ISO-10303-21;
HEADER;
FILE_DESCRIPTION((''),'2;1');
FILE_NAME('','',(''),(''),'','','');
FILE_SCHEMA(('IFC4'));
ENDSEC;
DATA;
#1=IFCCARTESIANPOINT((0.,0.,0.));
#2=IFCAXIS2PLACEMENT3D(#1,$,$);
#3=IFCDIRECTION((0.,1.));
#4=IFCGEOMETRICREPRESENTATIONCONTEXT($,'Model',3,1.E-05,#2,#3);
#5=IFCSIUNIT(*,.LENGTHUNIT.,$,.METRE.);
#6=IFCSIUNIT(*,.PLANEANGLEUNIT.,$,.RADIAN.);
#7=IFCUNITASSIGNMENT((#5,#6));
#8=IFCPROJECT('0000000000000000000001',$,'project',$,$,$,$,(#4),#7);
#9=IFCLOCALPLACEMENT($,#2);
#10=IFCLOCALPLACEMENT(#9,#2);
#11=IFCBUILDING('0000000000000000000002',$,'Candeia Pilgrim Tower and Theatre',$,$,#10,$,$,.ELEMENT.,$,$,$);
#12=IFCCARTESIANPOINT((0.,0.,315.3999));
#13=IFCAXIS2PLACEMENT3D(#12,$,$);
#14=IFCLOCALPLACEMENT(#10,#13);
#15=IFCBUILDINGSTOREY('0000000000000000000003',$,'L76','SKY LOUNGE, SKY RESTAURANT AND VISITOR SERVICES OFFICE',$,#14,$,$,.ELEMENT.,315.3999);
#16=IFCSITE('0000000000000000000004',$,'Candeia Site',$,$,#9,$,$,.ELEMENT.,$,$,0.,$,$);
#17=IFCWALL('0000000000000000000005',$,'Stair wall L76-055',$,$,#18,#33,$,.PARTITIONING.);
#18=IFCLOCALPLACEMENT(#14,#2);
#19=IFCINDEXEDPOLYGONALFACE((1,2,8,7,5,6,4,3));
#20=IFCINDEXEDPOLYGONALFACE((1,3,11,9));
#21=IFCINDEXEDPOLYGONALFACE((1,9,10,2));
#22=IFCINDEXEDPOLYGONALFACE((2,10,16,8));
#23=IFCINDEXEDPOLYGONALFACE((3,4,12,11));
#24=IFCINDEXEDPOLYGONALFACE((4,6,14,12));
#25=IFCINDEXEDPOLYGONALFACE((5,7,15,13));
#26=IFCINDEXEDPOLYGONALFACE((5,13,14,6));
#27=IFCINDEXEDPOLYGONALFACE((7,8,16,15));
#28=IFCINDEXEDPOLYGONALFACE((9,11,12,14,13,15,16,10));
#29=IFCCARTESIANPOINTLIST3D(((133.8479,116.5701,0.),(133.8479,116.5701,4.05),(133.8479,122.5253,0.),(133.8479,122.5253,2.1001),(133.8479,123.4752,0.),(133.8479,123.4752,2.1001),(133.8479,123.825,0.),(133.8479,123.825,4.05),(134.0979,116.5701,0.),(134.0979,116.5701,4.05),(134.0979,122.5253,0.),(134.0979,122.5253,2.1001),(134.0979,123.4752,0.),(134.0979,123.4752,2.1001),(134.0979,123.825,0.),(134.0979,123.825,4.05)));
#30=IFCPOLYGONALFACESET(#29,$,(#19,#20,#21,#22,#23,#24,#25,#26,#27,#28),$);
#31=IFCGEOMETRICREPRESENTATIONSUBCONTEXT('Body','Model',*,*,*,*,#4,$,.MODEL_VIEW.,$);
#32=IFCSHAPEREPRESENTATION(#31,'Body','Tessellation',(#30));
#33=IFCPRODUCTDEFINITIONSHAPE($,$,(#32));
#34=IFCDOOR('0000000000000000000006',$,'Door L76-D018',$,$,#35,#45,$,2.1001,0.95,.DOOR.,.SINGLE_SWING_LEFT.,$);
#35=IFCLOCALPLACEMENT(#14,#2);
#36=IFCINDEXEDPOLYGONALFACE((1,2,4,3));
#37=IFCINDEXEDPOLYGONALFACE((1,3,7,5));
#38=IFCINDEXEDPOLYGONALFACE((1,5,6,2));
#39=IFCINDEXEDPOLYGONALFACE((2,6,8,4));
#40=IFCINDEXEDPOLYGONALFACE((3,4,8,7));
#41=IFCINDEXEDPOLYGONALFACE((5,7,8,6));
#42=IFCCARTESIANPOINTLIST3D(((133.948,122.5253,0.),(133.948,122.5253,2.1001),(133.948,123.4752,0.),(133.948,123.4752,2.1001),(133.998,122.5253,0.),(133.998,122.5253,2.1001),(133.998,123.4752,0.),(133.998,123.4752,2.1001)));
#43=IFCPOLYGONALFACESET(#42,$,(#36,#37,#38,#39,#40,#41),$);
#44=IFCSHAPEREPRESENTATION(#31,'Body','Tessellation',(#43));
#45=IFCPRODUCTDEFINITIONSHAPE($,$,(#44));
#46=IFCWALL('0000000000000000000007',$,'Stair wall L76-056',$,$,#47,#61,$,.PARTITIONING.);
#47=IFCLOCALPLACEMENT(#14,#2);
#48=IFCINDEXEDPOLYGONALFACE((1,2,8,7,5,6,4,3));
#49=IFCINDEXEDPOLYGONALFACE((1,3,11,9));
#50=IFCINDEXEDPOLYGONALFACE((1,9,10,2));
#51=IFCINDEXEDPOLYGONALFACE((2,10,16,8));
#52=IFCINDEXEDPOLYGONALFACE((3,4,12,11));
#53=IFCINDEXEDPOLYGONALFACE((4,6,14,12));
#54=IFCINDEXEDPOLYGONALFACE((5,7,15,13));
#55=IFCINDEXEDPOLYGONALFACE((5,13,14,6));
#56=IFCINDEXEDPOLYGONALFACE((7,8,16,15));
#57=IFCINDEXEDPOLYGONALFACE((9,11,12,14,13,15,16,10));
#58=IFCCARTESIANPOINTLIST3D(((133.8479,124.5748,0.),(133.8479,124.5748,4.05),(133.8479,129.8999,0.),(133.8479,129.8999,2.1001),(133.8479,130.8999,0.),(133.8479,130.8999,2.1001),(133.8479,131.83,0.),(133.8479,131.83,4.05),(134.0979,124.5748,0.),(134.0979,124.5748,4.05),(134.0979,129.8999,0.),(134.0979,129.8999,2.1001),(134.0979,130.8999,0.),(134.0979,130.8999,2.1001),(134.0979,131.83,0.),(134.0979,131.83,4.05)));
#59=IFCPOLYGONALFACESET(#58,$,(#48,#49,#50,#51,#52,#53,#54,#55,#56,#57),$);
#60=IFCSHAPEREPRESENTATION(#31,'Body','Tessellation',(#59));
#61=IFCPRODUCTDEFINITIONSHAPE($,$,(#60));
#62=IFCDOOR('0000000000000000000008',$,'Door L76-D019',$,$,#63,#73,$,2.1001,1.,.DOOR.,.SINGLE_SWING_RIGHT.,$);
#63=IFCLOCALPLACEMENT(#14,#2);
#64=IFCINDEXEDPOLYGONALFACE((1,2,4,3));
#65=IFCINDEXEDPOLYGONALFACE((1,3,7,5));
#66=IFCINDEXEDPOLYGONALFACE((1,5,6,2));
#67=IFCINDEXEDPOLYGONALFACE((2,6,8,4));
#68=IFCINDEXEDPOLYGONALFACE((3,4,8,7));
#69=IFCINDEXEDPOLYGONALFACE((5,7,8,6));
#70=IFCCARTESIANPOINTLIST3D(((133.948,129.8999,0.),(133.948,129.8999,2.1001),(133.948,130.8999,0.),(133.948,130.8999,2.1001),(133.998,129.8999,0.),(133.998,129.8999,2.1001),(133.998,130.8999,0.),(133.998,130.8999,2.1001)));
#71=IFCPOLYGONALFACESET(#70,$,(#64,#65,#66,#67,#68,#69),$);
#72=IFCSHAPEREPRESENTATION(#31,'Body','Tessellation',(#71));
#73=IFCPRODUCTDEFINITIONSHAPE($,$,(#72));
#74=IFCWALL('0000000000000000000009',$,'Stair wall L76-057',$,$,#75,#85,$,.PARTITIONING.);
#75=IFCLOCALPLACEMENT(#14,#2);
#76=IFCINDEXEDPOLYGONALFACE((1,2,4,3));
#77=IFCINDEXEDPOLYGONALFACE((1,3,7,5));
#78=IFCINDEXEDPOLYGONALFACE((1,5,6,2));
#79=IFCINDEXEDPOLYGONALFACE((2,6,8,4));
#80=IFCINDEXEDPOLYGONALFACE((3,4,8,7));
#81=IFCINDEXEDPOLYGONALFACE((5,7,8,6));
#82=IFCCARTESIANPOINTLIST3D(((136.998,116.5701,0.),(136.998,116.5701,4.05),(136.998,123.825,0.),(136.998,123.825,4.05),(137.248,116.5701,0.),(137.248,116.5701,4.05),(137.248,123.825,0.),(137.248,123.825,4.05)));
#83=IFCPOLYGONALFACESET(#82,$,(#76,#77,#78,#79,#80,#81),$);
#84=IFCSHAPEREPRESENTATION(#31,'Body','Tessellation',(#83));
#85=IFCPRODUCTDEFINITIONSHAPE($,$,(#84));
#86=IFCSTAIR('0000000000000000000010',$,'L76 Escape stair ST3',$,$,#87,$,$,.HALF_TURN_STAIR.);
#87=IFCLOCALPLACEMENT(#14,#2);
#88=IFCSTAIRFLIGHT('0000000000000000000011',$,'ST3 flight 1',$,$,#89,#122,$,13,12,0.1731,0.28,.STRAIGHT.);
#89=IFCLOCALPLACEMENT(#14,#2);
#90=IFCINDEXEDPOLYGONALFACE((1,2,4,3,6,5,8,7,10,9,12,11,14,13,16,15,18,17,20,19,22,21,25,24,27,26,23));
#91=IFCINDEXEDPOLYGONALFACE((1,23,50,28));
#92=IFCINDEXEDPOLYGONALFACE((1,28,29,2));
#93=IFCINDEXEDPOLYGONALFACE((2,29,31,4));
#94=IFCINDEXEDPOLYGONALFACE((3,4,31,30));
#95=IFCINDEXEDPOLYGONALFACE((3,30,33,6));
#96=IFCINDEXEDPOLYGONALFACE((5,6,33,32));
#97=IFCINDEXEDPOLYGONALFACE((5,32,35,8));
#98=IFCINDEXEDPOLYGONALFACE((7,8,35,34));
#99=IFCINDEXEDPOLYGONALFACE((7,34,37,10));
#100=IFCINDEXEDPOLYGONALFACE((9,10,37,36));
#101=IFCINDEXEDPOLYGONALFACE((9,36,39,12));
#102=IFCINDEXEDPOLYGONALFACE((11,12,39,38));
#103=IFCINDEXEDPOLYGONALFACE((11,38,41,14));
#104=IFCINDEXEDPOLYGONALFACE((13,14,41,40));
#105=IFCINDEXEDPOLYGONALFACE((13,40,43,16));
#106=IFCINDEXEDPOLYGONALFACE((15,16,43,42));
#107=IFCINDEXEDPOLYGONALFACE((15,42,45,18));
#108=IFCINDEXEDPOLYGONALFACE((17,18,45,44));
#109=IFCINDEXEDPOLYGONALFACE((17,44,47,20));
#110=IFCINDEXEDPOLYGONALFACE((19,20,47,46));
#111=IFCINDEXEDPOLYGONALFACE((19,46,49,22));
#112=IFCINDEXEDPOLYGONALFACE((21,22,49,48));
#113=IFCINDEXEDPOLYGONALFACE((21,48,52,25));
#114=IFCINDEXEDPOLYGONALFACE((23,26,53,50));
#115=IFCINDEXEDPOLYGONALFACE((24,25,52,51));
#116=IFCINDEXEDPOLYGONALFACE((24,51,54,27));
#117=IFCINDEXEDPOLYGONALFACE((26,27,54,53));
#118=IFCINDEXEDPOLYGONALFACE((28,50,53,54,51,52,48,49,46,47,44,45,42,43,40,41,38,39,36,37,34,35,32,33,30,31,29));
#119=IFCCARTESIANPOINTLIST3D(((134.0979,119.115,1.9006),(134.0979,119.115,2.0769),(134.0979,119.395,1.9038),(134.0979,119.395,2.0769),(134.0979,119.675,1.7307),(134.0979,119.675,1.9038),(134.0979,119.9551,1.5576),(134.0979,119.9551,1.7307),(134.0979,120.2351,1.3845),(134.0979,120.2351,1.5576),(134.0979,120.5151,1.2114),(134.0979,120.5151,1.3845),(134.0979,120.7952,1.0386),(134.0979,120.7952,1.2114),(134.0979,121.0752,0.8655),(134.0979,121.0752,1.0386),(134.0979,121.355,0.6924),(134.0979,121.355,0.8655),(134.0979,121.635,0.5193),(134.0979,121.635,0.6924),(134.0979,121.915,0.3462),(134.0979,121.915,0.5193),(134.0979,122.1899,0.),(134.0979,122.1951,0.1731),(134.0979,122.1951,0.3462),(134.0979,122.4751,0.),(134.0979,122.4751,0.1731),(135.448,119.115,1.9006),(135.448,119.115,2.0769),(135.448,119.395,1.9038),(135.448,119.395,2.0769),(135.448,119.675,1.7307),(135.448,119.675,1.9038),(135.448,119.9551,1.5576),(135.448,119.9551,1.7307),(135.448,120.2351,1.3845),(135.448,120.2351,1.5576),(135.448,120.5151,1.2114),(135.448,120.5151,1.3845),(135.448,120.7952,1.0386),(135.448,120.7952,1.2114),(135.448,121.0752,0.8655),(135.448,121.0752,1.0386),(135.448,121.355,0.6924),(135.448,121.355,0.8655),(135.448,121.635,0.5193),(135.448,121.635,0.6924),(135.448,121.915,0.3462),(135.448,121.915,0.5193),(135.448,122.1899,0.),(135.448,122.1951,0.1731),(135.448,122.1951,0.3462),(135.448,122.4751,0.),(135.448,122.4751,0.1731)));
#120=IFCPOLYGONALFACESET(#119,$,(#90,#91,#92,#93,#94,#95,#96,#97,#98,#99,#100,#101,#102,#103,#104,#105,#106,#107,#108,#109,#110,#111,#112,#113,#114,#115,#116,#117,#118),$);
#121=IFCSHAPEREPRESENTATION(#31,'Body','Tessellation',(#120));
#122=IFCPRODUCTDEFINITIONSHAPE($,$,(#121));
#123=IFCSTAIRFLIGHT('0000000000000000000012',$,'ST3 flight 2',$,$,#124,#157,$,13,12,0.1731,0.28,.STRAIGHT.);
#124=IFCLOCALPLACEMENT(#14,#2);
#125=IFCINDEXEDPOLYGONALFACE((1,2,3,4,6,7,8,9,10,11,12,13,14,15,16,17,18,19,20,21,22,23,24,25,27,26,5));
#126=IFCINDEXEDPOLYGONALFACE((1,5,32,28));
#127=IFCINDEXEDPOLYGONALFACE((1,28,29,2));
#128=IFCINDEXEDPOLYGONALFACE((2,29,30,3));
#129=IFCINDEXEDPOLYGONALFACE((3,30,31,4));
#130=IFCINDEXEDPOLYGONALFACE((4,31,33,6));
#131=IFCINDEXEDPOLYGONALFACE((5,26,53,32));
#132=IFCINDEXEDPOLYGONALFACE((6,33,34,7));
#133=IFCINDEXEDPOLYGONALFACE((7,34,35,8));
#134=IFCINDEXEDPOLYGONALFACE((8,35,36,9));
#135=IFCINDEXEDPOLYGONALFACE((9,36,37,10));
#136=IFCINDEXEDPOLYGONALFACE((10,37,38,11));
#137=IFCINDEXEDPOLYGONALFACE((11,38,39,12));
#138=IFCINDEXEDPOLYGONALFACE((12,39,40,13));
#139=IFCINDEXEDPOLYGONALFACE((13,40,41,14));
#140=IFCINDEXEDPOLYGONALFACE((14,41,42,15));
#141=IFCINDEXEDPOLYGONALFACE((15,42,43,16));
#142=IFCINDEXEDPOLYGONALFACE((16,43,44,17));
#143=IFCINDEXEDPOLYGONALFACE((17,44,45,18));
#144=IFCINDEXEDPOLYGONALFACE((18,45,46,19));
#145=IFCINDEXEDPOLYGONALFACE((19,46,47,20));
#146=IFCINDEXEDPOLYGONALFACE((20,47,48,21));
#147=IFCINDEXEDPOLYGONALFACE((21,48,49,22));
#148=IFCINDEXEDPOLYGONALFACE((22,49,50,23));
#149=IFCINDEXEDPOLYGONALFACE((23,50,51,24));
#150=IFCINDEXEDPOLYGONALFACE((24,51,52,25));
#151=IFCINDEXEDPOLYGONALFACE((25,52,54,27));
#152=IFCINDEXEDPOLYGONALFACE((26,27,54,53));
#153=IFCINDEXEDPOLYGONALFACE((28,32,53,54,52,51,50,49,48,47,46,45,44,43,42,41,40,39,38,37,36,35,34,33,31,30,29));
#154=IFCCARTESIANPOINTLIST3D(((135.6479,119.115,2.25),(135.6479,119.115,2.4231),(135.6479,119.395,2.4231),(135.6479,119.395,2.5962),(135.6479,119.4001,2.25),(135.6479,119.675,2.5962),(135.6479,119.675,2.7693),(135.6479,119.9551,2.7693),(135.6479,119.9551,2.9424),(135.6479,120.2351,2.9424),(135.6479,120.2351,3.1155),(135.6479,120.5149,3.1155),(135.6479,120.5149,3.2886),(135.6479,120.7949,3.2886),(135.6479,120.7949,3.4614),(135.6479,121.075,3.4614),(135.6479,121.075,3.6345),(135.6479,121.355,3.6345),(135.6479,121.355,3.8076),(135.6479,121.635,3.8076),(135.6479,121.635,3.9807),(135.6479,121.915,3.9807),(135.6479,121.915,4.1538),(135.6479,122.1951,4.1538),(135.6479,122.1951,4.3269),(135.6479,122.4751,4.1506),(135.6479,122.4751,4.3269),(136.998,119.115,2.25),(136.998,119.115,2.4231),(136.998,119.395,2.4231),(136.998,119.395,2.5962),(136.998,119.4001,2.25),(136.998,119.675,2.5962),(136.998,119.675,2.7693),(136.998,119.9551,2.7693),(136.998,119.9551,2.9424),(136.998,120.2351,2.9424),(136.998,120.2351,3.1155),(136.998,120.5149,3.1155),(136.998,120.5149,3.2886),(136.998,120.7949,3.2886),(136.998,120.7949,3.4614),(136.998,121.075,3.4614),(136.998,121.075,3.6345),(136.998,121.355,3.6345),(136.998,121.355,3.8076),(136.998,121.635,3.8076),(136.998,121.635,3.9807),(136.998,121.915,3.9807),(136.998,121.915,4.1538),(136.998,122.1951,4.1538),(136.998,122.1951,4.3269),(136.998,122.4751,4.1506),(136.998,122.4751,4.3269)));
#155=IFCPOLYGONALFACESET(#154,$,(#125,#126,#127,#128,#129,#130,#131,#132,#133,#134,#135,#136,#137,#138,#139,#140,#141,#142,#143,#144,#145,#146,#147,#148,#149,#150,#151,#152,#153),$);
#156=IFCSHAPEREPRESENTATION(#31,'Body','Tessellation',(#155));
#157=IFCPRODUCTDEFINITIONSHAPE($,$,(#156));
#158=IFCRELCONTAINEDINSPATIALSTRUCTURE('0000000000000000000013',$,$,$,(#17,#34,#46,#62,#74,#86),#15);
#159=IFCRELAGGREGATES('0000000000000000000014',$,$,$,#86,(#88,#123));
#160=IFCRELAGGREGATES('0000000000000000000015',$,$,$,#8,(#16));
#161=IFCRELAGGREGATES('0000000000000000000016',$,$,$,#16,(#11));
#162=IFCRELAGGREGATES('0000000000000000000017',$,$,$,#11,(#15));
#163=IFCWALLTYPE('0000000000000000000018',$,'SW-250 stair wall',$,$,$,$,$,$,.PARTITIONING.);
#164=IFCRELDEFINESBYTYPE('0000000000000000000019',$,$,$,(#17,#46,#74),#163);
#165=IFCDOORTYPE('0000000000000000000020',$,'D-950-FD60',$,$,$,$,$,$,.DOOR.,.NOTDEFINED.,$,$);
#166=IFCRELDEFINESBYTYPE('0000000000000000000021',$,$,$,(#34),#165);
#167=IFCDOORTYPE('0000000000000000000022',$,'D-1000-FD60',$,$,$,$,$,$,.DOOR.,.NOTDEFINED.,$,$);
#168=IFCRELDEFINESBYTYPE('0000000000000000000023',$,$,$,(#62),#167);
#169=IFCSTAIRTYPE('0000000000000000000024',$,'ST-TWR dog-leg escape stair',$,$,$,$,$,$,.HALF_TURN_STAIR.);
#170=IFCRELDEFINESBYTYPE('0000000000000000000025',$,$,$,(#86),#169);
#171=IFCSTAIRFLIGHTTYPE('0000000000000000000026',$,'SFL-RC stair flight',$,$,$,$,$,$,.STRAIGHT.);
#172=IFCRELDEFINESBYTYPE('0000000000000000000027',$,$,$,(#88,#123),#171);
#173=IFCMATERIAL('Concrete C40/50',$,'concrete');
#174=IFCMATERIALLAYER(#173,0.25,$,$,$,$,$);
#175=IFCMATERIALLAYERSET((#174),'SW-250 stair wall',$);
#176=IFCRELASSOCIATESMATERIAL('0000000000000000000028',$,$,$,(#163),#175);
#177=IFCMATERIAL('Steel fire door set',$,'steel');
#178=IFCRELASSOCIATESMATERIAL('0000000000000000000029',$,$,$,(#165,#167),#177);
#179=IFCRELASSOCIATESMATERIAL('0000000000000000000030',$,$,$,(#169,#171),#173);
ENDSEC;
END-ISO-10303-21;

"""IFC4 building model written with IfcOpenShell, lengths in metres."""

from ifc_helpers import new_model, si_unit, direction, frame, frame_2d, origin, place, context, subcontext, project, spatial, polyline, rectangle, outline, extrude, material, layer, layer_set, type_object, element, fill, aggregate, save


model = new_model("IFC4")

# Units and contexts
model_context = context("Model", 3, precision=1e-05, world=origin(), true_north=direction((0.0, 1.0)))
body_context = subcontext(model_context, "Body", "Model", "MODEL_VIEW")
ifc_project = project(units=[si_unit("LENGTHUNIT", "METRE"), si_unit("PLANEANGLEUNIT", "RADIAN")], contexts=[model_context])

# Site, building, storey
site_placement = place(None, origin())
site = spatial("IfcSite", under=ifc_project, at=site_placement, Name="Candeia Site", CompositionType="ELEMENT", RefElevation=0.0)
building_placement = place(site_placement, origin())
building = spatial("IfcBuilding", under=site, at=building_placement, Name="Candeia Pilgrim Tower and Theatre", CompositionType="ELEMENT")
storey_placement = place(building_placement, frame((0.0, 0.0, 315.3999)))
storey = spatial("IfcBuildingStorey", under=building, at=storey_placement, Name="L76", Description="SKY LOUNGE, SKY RESTAURANT AND VISITOR SERVICES OFFICE", CompositionType="ELEMENT", Elevation=315.3999)

# Shared definitions
ifc_material_1 = material(Name="Concrete C40/50", Category="concrete")

# Shared definitions
ifc_material_2 = material(Name="Steel fire door set", Category="steel")

# Shared definitions
ifc_layer_1 = layer(ifc_material_1, 0.25)
ifc_layer_set_1 = layer_set([ifc_layer_1], Name="SW-250 stair wall")
wall_type_1 = type_object("IfcWallType", Name="SW-250 stair wall", PredefinedType="PARTITIONING", material=ifc_layer_set_1)

# Walls, openings, doors
wall_1_placement = place(storey_placement, frame((133.9729, 116.5701, 0.0), z_axis=(0.0, 0.0, 1.0), x_axis=(0.0, 1.0, 0.0)))
wall_1 = element("IfcWall", 1, at=wall_1_placement, inside=storey, type_object=wall_type_1, Name="Stair wall L76-055", PredefinedType="PARTITIONING", context=body_context, shape_type="SweptSolid", body=[
    extrude(rectangle(XDim=7.2549, YDim=0.25, at=frame_2d((3.6274, 0.0))), origin(), (0.0, 0.0, 1.0), 4.05),
])
opening_1_placement = place(wall_1_placement, frame((5.9551, 0.0, 0.0)))
opening_1 = element("IfcOpeningElement", 2, at=opening_1_placement, cuts=wall_1, PredefinedType="OPENING", context=body_context, shape_type="SweptSolid", body=[
    extrude(rectangle(XDim=0.95, YDim=2.1001, at=frame_2d((0.4751, 1.05))), frame((0.0, 0.135, 0.0), z_axis=(0.0, -1.0, 0.0), x_axis=(1.0, 0.0, 0.0)), (0.0, 0.0, 1.0), 0.27),
])
door_type_1 = type_object("IfcDoorType", Name="D-950-FD60", OperationType="NOTDEFINED", PredefinedType="DOOR", material=ifc_material_2)
door_1_placement = place(opening_1_placement, origin())
door_1 = element("IfcDoor", 3, at=door_1_placement, inside=storey, type_object=door_type_1, Name="Door L76-D018", OperationType="SINGLE_SWING_LEFT", OverallHeight=2.1001, OverallWidth=0.95, PredefinedType="DOOR", context=body_context, shape_type="SweptSolid", body=[
    extrude(rectangle(XDim=0.95, YDim=2.1001, at=frame_2d((0.4751, 1.05))), frame((0.0, 0.0249, 0.0), z_axis=(0.0, -1.0, 0.0), x_axis=(1.0, 0.0, 0.0)), (0.0, 0.0, 1.0), 0.05),
])
fill(opening_1, door_1)
wall_2_placement = place(storey_placement, frame((133.9729, 124.575, 0.0), z_axis=(0.0, 0.0, 1.0), x_axis=(0.0, 1.0, 0.0)))
wall_2 = element("IfcWall", 4, at=wall_2_placement, inside=storey, type_object=wall_type_1, Name="Stair wall L76-056", PredefinedType="PARTITIONING", context=body_context, shape_type="SweptSolid", body=[
    extrude(rectangle(XDim=7.2551, YDim=0.25, at=frame_2d((3.6274, 0.0))), origin(), (0.0, 0.0, 1.0), 4.05),
])
opening_2_placement = place(wall_2_placement, frame((5.325, 0.0, 0.0)))
opening_2 = element("IfcOpeningElement", 5, at=opening_2_placement, cuts=wall_2, PredefinedType="OPENING", context=body_context, shape_type="SweptSolid", body=[
    extrude(rectangle(XDim=1.0, YDim=2.1001, at=frame_2d((0.5, 1.05))), frame((0.0, 0.135, 0.0), z_axis=(0.0, -1.0, 0.0), x_axis=(1.0, 0.0, 0.0)), (0.0, 0.0, 1.0), 0.27),
])
door_type_2 = type_object("IfcDoorType", Name="D-1000-FD60", OperationType="NOTDEFINED", PredefinedType="DOOR", material=ifc_material_2)
door_2_placement = place(opening_2_placement, origin())
door_2 = element("IfcDoor", 6, at=door_2_placement, inside=storey, type_object=door_type_2, Name="Door L76-D019", OperationType="SINGLE_SWING_RIGHT", OverallHeight=2.1001, OverallWidth=1.0, PredefinedType="DOOR", context=body_context, shape_type="SweptSolid", body=[
    extrude(rectangle(XDim=1.0, YDim=2.1001, at=frame_2d((0.5, 1.05))), frame((0.0, 0.0249, 0.0), z_axis=(0.0, -1.0, 0.0), x_axis=(1.0, 0.0, 0.0)), (0.0, 0.0, 1.0), 0.05),
])
fill(opening_2, door_2)

# Wall
wall_3_placement = place(storey_placement, frame((137.123, 116.5701, 0.0), z_axis=(0.0, 0.0, 1.0), x_axis=(0.0, 1.0, 0.0)))
element("IfcWall", 7, at=wall_3_placement, inside=storey, type_object=wall_type_1, Name="Stair wall L76-057", PredefinedType="PARTITIONING", context=body_context, shape_type="SweptSolid", body=[
    extrude(rectangle(XDim=7.2549, YDim=0.25, at=frame_2d((3.6274, 0.0))), origin(), (0.0, 0.0, 1.0), 4.05),
])

# Stair, stair flights
stair_type = type_object("IfcStairType", Name="ST-TWR dog-leg escape stair", PredefinedType="HALF_TURN_STAIR", material=ifc_material_1)
stair_1_placement = place(storey_placement, origin())
stair_1 = element("IfcStair", 8, at=stair_1_placement, inside=storey, type_object=stair_type, Name="L76 Escape stair ST3", PredefinedType="HALF_TURN_STAIR")
stair_flight_type = type_object("IfcStairFlightType", Name="SFL-RC stair flight", PredefinedType="STRAIGHT", material=ifc_material_1)
stair_flight_1_placement = place(storey_placement, frame((134.7729, 122.4751, 0.0), z_axis=(0.0, 0.0, 1.0), x_axis=(0.0, -1.0, 0.0)))
stair_flight_1 = element("IfcStairFlight", 9, at=stair_flight_1_placement, type_object=stair_flight_type, Name="ST3 flight 1", NumberOfRisers=13, NumberOfTreads=12, PredefinedType="STRAIGHT", RiserHeight=0.1731, TreadLength=0.28, context=body_context, shape_type="SweptSolid", body=[
    extrude(outline(polyline([(0.0, 0.0), (0.0, 0.1731), (0.28, 0.1731), (0.28, 0.3462), (0.5601, 0.3462), (0.5601, 0.5193), (0.8401, 0.5193), (0.8401, 0.6924), (1.1201, 0.6924), (1.1201, 0.8655), (1.3999, 0.8655), (1.3999, 1.0386), (1.6799, 1.0386), (1.6799, 1.2114), (1.96, 1.2114), (1.96, 1.3845), (2.24, 1.3845), (2.24, 1.5576), (2.52, 1.5576), (2.52, 1.7307), (2.8, 1.7307), (2.8, 1.9038), (3.0801, 1.9038), (3.0801, 2.0769), (3.3601, 2.0769), (3.3601, 2.25), (3.3601, 1.9006), (0.2852, 0.0), (0.0, 0.0)])), frame((0.0, 0.675, 0.0), z_axis=(0.0, -1.0, 0.0), x_axis=(1.0, 0.0, 0.0)), (0.0, 0.0, 1.0), 1.3501),
])
stair_flight_2_placement = place(storey_placement, frame((136.323, 119.115, 2.25), z_axis=(0.0, 0.0, 1.0), x_axis=(0.0, 1.0, 0.0)))
stair_flight_2 = element("IfcStairFlight", 10, at=stair_flight_2_placement, type_object=stair_flight_type, Name="ST3 flight 2", NumberOfRisers=13, NumberOfTreads=12, PredefinedType="STRAIGHT", RiserHeight=0.1731, TreadLength=0.28, context=body_context, shape_type="SweptSolid", body=[
    extrude(outline(polyline([(0.0, 0.0), (0.0, 0.1731), (0.28, 0.1731), (0.28, 0.3462), (0.5601, 0.3462), (0.5601, 0.5193), (0.8401, 0.5193), (0.8401, 0.6924), (1.1201, 0.6924), (1.1201, 0.8655), (1.3999, 0.8655), (1.3999, 1.0386), (1.6799, 1.0386), (1.6799, 1.2114), (1.96, 1.2114), (1.96, 1.3845), (2.24, 1.3845), (2.24, 1.5576), (2.52, 1.5576), (2.52, 1.7307), (2.8, 1.7307), (2.8, 1.9038), (3.0801, 1.9038), (3.0801, 2.0769), (3.3601, 2.0769), (3.3601, 2.25), (3.3601, 1.9006), (0.2852, 0.0), (0.0, 0.0)])), frame((0.0, 0.675, 0.0), z_axis=(0.0, -1.0, 0.0), x_axis=(1.0, 0.0, 0.0)), (0.0, 0.0, 1.0), 1.3501),
])
aggregate(stair_1, [stair_flight_1, stair_flight_2])

save(model, "model.ifc")
